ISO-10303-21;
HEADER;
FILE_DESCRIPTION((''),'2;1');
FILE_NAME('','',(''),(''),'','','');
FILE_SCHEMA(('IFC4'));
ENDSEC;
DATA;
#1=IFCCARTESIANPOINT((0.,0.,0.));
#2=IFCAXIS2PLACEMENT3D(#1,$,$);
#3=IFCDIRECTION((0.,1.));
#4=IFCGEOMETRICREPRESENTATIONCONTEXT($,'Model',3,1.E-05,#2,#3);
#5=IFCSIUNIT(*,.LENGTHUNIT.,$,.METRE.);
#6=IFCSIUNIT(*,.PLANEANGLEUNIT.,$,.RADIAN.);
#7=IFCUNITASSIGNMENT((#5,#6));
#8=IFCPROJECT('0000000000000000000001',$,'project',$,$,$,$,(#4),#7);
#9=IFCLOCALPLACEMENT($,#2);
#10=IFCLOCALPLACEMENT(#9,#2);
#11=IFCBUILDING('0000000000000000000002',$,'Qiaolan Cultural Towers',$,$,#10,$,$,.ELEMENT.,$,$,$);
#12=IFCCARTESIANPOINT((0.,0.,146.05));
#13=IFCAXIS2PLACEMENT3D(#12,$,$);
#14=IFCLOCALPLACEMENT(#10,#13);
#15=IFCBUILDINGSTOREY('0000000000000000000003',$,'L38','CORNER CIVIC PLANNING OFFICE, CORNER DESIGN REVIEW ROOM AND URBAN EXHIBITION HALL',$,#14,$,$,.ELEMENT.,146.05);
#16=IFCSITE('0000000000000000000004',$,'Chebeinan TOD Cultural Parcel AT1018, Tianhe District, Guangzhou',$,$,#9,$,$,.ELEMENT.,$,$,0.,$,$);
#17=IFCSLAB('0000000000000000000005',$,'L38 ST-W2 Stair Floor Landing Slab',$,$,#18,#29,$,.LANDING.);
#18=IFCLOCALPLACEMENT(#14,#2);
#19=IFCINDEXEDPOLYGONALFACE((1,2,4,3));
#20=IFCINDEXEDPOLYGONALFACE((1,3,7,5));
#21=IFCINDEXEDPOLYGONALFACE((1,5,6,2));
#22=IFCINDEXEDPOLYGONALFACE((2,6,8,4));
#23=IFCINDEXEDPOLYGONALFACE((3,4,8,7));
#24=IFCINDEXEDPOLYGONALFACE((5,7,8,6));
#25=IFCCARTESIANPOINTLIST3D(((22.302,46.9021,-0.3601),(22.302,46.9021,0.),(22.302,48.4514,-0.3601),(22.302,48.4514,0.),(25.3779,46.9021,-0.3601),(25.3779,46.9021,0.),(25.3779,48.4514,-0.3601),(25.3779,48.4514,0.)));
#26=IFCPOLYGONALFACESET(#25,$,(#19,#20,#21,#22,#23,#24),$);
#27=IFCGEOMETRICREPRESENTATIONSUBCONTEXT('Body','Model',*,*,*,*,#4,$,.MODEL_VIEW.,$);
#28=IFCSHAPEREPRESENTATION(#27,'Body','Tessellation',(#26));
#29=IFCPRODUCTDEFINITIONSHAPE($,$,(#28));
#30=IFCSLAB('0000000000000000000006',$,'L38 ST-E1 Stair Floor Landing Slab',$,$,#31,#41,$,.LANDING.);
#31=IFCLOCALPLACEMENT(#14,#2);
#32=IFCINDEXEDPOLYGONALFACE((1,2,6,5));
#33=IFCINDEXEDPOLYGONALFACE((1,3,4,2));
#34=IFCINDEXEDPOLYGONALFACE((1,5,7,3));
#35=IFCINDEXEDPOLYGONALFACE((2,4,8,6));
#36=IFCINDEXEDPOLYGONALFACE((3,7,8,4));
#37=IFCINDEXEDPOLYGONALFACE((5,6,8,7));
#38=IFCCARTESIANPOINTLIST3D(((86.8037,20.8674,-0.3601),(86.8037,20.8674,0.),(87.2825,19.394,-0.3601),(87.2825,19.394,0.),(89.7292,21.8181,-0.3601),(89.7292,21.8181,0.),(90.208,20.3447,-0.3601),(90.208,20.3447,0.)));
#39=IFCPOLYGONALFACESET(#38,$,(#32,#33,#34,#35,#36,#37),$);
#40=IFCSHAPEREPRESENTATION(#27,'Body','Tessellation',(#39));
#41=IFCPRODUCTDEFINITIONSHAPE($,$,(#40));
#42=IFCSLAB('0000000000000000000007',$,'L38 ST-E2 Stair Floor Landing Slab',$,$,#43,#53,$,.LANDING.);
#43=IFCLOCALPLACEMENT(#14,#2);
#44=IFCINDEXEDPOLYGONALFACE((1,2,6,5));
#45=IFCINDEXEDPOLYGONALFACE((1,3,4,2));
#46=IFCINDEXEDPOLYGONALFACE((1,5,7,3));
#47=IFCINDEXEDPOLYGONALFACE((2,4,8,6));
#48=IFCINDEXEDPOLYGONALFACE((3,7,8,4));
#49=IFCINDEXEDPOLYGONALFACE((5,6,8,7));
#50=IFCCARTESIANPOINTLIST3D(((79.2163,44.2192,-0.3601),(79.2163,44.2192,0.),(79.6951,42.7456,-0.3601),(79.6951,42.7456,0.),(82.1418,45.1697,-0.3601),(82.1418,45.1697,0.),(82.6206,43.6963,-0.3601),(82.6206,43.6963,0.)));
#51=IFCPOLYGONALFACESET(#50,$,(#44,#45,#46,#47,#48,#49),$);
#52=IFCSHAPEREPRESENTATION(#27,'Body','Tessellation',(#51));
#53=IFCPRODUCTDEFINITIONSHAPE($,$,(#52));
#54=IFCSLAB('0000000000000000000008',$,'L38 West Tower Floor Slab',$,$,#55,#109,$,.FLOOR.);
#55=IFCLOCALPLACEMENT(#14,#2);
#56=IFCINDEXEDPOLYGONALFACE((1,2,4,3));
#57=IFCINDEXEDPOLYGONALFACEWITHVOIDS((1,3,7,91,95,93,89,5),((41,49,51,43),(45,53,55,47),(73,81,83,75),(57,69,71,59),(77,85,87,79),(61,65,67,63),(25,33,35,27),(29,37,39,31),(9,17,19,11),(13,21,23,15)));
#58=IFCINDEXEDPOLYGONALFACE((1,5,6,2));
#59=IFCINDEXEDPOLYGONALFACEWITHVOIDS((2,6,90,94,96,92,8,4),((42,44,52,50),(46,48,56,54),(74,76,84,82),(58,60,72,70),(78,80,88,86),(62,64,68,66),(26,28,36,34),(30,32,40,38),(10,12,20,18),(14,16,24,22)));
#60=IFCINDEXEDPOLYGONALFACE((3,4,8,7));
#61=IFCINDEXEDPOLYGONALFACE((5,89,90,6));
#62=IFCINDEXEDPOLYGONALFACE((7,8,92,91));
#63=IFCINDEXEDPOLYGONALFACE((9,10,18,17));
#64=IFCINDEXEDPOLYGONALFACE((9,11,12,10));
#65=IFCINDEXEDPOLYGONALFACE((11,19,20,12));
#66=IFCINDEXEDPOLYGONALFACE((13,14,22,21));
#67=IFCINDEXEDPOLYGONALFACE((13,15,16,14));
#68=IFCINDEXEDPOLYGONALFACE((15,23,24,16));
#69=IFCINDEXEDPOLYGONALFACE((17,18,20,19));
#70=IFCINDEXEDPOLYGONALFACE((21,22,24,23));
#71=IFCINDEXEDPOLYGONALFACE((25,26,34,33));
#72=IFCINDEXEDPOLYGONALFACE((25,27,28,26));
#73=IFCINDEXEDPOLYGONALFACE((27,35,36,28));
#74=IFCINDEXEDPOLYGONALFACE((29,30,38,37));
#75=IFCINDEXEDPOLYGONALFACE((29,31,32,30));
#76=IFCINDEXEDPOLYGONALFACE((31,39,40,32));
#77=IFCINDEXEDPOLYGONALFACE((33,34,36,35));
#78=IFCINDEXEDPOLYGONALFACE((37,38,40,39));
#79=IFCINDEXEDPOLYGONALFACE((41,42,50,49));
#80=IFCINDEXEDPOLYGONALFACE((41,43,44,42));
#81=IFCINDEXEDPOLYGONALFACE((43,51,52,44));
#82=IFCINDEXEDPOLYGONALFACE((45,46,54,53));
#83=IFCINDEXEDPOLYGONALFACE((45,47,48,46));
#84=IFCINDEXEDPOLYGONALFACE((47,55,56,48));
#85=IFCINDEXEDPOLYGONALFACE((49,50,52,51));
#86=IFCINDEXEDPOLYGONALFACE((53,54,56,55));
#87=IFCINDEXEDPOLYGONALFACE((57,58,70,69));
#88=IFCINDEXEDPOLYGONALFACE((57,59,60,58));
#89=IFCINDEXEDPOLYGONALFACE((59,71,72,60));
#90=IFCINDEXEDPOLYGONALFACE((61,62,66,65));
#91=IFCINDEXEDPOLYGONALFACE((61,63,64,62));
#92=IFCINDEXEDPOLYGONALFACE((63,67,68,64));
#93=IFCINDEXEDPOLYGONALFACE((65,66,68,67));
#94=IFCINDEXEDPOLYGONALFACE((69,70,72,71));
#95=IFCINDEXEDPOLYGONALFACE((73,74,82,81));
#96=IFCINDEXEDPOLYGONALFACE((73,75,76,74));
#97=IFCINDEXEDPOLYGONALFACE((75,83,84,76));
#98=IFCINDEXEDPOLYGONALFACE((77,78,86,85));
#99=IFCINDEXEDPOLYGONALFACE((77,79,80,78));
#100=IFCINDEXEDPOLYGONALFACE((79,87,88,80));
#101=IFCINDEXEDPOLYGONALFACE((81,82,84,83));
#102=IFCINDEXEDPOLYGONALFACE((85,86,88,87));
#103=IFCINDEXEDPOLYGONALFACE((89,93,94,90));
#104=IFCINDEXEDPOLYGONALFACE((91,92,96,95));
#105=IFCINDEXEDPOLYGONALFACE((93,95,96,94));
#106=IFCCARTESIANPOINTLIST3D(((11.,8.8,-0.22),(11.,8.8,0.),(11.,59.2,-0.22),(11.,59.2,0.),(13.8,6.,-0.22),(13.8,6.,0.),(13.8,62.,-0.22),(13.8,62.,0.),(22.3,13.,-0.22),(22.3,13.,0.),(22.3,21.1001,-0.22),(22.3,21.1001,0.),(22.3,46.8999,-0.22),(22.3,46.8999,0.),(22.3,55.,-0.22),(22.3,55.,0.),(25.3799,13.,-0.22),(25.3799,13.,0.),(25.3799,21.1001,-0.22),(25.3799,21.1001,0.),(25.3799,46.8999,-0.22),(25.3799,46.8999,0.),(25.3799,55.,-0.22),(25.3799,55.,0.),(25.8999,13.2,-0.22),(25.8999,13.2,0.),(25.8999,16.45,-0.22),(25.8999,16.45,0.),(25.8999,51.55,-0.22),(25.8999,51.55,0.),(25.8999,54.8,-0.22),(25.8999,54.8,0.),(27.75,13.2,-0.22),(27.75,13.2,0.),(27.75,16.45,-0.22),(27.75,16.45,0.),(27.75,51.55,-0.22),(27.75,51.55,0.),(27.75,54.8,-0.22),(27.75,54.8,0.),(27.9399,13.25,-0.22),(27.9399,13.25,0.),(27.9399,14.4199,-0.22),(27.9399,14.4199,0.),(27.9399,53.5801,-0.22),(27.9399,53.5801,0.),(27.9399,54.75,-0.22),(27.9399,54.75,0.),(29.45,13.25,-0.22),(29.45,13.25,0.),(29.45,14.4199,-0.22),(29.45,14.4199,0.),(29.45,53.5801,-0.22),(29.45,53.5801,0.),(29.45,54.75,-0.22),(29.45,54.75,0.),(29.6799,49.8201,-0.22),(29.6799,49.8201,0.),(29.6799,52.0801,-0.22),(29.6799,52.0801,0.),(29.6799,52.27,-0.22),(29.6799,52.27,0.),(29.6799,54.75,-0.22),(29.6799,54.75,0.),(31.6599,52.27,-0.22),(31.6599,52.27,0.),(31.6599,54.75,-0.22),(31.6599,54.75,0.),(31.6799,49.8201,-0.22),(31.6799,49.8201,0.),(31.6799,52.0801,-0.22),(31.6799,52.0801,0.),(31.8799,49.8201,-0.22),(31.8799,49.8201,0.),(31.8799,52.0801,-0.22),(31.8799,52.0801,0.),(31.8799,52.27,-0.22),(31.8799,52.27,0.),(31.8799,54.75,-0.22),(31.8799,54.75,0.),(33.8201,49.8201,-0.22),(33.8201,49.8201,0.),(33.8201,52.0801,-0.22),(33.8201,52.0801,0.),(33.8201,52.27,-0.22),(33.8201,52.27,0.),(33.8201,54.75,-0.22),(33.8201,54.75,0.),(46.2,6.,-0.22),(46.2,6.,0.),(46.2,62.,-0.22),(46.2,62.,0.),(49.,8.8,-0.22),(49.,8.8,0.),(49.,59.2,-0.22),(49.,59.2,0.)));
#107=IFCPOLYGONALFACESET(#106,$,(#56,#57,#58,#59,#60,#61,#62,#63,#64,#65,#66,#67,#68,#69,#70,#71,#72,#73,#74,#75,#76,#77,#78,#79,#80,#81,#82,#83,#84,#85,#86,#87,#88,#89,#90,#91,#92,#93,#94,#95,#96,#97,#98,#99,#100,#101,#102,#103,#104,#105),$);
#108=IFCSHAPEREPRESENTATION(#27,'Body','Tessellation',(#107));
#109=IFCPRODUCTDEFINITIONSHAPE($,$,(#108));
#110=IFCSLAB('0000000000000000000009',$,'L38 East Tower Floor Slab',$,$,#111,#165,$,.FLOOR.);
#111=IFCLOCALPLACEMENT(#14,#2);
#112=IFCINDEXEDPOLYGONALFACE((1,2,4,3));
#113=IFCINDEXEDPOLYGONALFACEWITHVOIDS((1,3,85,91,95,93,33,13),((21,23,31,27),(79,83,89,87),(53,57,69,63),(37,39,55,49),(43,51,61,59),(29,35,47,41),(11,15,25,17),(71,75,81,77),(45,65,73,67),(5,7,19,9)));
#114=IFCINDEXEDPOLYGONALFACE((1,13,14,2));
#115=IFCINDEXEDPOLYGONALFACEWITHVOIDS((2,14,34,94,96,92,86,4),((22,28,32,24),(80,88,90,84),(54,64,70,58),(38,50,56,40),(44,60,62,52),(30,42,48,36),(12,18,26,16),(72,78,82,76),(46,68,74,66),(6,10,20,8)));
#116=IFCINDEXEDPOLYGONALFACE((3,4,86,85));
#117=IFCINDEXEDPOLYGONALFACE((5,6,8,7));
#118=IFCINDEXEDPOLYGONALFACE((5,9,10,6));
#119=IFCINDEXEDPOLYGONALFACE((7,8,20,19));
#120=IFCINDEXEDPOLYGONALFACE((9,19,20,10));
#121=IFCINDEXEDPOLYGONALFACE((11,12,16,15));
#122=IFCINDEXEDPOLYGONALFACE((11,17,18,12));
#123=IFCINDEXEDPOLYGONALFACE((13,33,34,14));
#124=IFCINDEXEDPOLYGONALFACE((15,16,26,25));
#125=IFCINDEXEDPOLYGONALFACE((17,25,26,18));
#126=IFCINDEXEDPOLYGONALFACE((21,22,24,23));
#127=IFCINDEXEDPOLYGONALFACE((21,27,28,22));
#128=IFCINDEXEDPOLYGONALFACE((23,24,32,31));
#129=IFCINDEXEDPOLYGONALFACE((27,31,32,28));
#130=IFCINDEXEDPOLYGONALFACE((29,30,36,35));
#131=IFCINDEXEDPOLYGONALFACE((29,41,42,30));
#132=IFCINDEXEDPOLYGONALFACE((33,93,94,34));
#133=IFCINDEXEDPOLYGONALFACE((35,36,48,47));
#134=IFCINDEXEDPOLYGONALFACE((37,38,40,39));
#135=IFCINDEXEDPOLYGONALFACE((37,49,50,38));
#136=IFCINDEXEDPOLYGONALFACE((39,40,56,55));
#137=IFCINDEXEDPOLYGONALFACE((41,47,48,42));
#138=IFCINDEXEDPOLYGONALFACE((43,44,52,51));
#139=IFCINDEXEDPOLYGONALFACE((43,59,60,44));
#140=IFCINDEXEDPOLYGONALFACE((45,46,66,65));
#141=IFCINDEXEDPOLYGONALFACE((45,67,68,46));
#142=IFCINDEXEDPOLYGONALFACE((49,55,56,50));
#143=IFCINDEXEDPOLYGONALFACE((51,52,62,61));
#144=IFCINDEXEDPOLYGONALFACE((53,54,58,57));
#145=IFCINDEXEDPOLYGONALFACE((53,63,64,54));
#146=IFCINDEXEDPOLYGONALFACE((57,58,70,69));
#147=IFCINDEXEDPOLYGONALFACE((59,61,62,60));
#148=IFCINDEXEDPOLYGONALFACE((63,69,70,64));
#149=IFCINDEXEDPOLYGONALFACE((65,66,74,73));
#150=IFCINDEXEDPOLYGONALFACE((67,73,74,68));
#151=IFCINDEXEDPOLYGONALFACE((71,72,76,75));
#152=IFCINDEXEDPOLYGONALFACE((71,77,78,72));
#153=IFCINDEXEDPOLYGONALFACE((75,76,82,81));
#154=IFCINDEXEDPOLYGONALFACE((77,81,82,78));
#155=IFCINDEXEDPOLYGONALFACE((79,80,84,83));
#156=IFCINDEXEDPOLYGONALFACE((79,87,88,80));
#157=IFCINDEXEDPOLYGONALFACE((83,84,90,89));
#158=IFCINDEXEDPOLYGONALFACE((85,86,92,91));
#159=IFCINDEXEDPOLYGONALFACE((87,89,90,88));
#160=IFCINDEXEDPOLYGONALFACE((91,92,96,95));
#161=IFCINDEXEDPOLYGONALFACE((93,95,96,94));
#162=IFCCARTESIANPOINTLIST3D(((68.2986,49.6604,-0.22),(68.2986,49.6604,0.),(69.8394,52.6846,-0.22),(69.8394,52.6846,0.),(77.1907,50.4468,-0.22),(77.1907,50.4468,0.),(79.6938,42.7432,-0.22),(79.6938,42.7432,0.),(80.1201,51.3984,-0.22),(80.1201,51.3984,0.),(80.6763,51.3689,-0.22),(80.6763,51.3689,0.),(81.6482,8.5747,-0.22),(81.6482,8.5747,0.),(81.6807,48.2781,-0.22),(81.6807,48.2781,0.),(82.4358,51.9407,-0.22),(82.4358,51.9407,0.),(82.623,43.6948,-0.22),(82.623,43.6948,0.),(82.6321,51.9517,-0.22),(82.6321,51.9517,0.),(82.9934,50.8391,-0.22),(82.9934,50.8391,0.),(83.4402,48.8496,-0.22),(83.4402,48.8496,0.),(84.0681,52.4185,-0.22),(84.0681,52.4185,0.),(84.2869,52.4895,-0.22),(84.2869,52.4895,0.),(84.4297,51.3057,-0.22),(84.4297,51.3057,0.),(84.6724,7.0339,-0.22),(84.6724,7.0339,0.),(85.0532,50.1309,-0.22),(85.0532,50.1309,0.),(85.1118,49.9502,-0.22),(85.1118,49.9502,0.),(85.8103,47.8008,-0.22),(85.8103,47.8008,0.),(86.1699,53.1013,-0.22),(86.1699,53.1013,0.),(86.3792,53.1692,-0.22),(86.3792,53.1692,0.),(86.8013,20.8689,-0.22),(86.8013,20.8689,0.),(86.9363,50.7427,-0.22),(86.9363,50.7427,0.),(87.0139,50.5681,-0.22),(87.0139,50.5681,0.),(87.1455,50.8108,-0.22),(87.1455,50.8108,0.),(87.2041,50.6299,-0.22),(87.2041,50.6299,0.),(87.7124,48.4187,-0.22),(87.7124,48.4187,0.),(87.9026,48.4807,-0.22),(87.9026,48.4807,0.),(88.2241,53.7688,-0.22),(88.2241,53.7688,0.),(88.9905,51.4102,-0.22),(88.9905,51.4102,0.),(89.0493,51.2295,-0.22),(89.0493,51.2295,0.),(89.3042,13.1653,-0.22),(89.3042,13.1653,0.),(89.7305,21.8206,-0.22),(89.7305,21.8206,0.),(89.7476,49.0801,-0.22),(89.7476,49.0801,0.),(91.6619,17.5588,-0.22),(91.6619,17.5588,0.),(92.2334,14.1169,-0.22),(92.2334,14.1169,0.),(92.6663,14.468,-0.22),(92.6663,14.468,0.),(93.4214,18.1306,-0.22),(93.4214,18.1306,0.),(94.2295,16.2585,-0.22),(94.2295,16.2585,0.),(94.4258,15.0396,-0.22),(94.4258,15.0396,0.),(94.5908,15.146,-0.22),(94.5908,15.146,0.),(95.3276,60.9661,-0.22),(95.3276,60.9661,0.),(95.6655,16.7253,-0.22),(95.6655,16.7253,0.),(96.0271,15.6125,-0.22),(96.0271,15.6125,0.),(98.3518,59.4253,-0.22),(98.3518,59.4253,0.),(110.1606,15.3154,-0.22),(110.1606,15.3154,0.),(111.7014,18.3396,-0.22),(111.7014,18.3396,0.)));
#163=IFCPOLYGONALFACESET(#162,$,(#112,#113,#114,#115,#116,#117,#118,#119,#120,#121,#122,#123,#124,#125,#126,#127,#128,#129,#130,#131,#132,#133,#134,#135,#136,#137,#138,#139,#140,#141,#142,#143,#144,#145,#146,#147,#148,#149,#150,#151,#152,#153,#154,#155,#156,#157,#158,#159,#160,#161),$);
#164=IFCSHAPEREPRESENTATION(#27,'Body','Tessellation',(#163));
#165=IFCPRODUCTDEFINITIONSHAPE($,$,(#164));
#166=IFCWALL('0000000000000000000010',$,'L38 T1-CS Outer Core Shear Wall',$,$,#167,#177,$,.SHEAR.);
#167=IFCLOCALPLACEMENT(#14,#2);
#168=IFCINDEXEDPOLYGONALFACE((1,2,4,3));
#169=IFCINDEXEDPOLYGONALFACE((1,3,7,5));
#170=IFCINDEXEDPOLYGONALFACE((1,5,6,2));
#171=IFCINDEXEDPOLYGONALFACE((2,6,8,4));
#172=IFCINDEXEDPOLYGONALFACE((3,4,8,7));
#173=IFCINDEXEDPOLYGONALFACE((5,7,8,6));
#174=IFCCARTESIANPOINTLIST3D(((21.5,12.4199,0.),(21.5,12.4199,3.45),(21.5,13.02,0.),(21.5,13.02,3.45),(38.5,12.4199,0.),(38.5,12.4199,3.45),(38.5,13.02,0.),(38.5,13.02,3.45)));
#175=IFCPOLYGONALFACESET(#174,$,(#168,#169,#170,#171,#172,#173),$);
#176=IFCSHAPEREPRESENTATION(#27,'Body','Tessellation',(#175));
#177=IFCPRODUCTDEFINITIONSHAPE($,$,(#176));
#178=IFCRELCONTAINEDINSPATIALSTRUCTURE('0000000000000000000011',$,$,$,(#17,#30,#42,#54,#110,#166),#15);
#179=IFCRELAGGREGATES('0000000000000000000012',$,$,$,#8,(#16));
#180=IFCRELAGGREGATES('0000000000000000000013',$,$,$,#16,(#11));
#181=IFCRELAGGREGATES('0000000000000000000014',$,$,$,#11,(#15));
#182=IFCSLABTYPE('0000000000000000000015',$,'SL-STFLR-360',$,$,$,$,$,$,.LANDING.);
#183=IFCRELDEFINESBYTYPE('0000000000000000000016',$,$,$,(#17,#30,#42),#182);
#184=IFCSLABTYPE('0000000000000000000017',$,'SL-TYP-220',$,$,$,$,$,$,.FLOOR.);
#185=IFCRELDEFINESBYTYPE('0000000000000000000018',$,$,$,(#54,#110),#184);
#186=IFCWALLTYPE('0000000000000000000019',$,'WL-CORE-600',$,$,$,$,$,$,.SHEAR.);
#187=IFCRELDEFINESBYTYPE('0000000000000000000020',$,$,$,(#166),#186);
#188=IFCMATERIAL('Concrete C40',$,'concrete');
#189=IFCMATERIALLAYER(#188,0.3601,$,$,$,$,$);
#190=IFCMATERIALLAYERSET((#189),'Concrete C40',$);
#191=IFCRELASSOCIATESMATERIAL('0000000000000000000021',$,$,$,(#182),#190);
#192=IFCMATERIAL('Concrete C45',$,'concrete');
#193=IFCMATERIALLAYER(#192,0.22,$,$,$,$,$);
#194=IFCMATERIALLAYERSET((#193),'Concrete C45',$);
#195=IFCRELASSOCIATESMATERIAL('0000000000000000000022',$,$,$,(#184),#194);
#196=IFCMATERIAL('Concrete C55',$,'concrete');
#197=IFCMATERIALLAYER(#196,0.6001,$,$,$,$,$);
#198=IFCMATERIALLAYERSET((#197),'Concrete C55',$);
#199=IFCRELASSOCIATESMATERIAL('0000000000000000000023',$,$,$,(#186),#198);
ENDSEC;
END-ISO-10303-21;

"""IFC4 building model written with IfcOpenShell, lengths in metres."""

from ifc_helpers import new_model, si_unit, direction, frame, frame_2d, origin, place, context, subcontext, project, spatial, polyline, rectangle, outline, extrude, material, layer, layer_set, type_object, element, save


model = new_model("IFC4")

# Units and contexts
model_context = context("Model", 3, precision=1e-05, world=origin(), true_north=direction((0.0, 1.0)))
body_context = subcontext(model_context, "Body", "Model", "MODEL_VIEW")
ifc_project = project(units=[si_unit("LENGTHUNIT", "METRE"), si_unit("PLANEANGLEUNIT", "RADIAN")], contexts=[model_context])

# Site, building, storey
site_placement = place(None, origin())
site = spatial("IfcSite", under=ifc_project, at=site_placement, Name="Chebeinan TOD Cultural Parcel AT1018, Tianhe District, Guangzhou", CompositionType="ELEMENT", RefElevation=0.0)
building_placement = place(site_placement, origin())
building = spatial("IfcBuilding", under=site, at=building_placement, Name="Qiaolan Cultural Towers", CompositionType="ELEMENT")
storey_placement = place(building_placement, frame((0.0, 0.0, 146.05)))
storey = spatial("IfcBuildingStorey", under=building, at=storey_placement, Name="L38", Description="CORNER CIVIC PLANNING OFFICE, CORNER DESIGN REVIEW ROOM AND URBAN EXHIBITION HALL", CompositionType="ELEMENT", Elevation=146.05)

# Slabs
ifc_material_1 = material(Name="Concrete C40", Category="concrete")
ifc_layer_1 = layer(ifc_material_1, 0.3601)
ifc_layer_set_1 = layer_set([ifc_layer_1], Name="Concrete C40")
slab_type_1 = type_object("IfcSlabType", Name="SL-STFLR-360", PredefinedType="LANDING", material=ifc_layer_set_1)
slab_1_placement = place(storey_placement, frame((0.0, 0.0, -0.3601)))
element("IfcSlab", 1, at=slab_1_placement, inside=storey, type_object=slab_type_1, Name="L38 ST-W2 Stair Floor Landing Slab", PredefinedType="LANDING", context=body_context, shape_type="SweptSolid", body=[
    extrude(outline(polyline([(25.3779, 46.9021), (25.3779, 48.4514), (22.302, 48.4514), (22.302, 46.9021), (25.3779, 46.9021)])), origin(), (0.0, 0.0, 1.0), 0.3601),
])
slab_2_placement = place(storey_placement, frame((0.0, 0.0, -0.3601)))
element("IfcSlab", 2, at=slab_2_placement, inside=storey, type_object=slab_type_1, Name="L38 ST-E1 Stair Floor Landing Slab", PredefinedType="LANDING", context=body_context, shape_type="SweptSolid", body=[
    extrude(outline(polyline([(86.8037, 20.8674), (87.2825, 19.394), (90.208, 20.3447), (89.7292, 21.8181), (86.8037, 20.8674)])), origin(), (0.0, 0.0, 1.0), 0.3601),
])
slab_3_placement = place(storey_placement, frame((0.0, 0.0, -0.3601)))
element("IfcSlab", 3, at=slab_3_placement, inside=storey, type_object=slab_type_1, Name="L38 ST-E2 Stair Floor Landing Slab", PredefinedType="LANDING", context=body_context, shape_type="SweptSolid", body=[
    extrude(outline(polyline([(82.6206, 43.6963), (82.1418, 45.1697), (79.2163, 44.2192), (79.6951, 42.7456), (82.6206, 43.6963)])), origin(), (0.0, 0.0, 1.0), 0.3601),
])
ifc_material_2 = material(Name="Concrete C45", Category="concrete")
ifc_layer_2 = layer(ifc_material_2, 0.22)
ifc_layer_set_2 = layer_set([ifc_layer_2], Name="Concrete C45")
slab_type_2 = type_object("IfcSlabType", Name="SL-TYP-220", PredefinedType="FLOOR", material=ifc_layer_set_2)
slab_4_placement = place(storey_placement, frame((0.0, 0.0, -0.22)))
element("IfcSlab", 4, at=slab_4_placement, inside=storey, type_object=slab_type_2, Name="L38 West Tower Floor Slab", PredefinedType="FLOOR", context=body_context, shape_type="SweptSolid", body=[
    extrude(outline(polyline([(13.8, 6.0), (46.2, 6.0), (49.0, 8.8), (49.0, 59.2), (46.2, 62.0), (13.8, 62.0), (11.0, 59.2), (11.0, 8.8), (13.8, 6.0)]), holes=[polyline([(22.3, 21.1001), (22.3, 13.0), (25.3799, 13.0), (25.3799, 21.1001), (22.3, 21.1001)]), polyline([(25.3799, 46.8999), (25.3799, 55.0), (22.3, 55.0), (22.3, 46.8999), (25.3799, 46.8999)]), polyline([(25.8999, 13.2), (27.75, 13.2), (27.75, 16.45), (25.8999, 16.45), (25.8999, 13.2)]), polyline([(27.9399, 13.25), (29.45, 13.25), (29.45, 14.4199), (27.9399, 14.4199), (27.9399, 13.25)]), polyline([(25.8999, 51.55), (27.75, 51.55), (27.75, 54.8), (25.8999, 54.8), (25.8999, 51.55)]), polyline([(27.9399, 53.5801), (29.45, 53.5801), (29.45, 54.75), (27.9399, 54.75), (27.9399, 53.5801)]), polyline([(29.6799, 49.8201), (31.6799, 49.8201), (31.6799, 52.0801), (29.6799, 52.0801), (29.6799, 49.8201)]), polyline([(31.8799, 49.8201), (33.8201, 49.8201), (33.8201, 52.0801), (31.8799, 52.0801), (31.8799, 49.8201)]), polyline([(29.6799, 52.27), (31.6599, 52.27), (31.6599, 54.75), (29.6799, 54.75), (29.6799, 52.27)]), polyline([(31.8799, 52.27), (33.8201, 52.27), (33.8201, 54.75), (31.8799, 54.75), (31.8799, 52.27)])]), origin(), (0.0, 0.0, 1.0), 0.22),
])
slab_5_placement = place(storey_placement, frame((0.0, 0.0, -0.22)))
element("IfcSlab", 5, at=slab_5_placement, inside=storey, type_object=slab_type_2, Name="L38 East Tower Floor Slab", PredefinedType="FLOOR", context=body_context, shape_type="SweptSolid", body=[
    extrude(outline(polyline([(84.6724, 7.0339), (110.1606, 15.3154), (111.7014, 18.3396), (98.3518, 59.4253), (95.3276, 60.9661), (69.8394, 52.6846), (68.2986, 49.6604), (81.6482, 8.5747), (84.6724, 7.0339)]), holes=[polyline([(86.8013, 20.8689), (89.3042, 13.1653), (92.2334, 14.1169), (89.7305, 21.8206), (86.8013, 20.8689)]), polyline([(82.623, 43.6948), (80.1201, 51.3984), (77.1907, 50.4468), (79.6938, 42.7432), (82.623, 43.6948)]), polyline([(92.6663, 14.468), (94.4258, 15.0396), (93.4214, 18.1306), (91.6619, 17.5588), (92.6663, 14.468)]), polyline([(94.5908, 15.146), (96.0271, 15.6125), (95.6655, 16.7253), (94.2295, 16.2585), (94.5908, 15.146)]), polyline([(81.6807, 48.2781), (83.4402, 48.8496), (82.4358, 51.9407), (80.6763, 51.3689), (81.6807, 48.2781)]), polyline([(82.9934, 50.8391), (84.4297, 51.3057), (84.0681, 52.4185), (82.6321, 51.9517), (82.9934, 50.8391)]), polyline([(85.8103, 47.8008), (87.7124, 48.4187), (87.0139, 50.5681), (85.1118, 49.9502), (85.8103, 47.8008)]), polyline([(87.9026, 48.4807), (89.7476, 49.0801), (89.0493, 51.2295), (87.2041, 50.6299), (87.9026, 48.4807)]), polyline([(85.0532, 50.1309), (86.9363, 50.7427), (86.1699, 53.1013), (84.2869, 52.4895), (85.0532, 50.1309)]), polyline([(87.1455, 50.8108), (88.9905, 51.4102), (88.2241, 53.7688), (86.3792, 53.1692), (87.1455, 50.8108)])]), origin(), (0.0, 0.0, 1.0), 0.22),
])

# Wall
ifc_material_3 = material(Name="Concrete C55", Category="concrete")
ifc_layer_3 = layer(ifc_material_3, 0.6001)
ifc_layer_set_3 = layer_set([ifc_layer_3], Name="Concrete C55")
wall_type_1 = type_object("IfcWallType", Name="WL-CORE-600", PredefinedType="SHEAR", material=ifc_layer_set_3)
wall_1_placement = place(storey_placement, frame((21.5, 12.72, 0.0), z_axis=(0.0, 0.0, 1.0), x_axis=(1.0, 0.0, 0.0)))
element("IfcWall", 6, at=wall_1_placement, inside=storey, type_object=wall_type_1, Name="L38 T1-CS Outer Core Shear Wall", PredefinedType="SHEAR", context=body_context, shape_type="SweptSolid", body=[
    extrude(rectangle(XDim=17.0, YDim=0.6001, at=frame_2d((8.5, 0.0))), origin(), (0.0, 0.0, 1.0), 3.45),
])

save(model, "model.ifc")
